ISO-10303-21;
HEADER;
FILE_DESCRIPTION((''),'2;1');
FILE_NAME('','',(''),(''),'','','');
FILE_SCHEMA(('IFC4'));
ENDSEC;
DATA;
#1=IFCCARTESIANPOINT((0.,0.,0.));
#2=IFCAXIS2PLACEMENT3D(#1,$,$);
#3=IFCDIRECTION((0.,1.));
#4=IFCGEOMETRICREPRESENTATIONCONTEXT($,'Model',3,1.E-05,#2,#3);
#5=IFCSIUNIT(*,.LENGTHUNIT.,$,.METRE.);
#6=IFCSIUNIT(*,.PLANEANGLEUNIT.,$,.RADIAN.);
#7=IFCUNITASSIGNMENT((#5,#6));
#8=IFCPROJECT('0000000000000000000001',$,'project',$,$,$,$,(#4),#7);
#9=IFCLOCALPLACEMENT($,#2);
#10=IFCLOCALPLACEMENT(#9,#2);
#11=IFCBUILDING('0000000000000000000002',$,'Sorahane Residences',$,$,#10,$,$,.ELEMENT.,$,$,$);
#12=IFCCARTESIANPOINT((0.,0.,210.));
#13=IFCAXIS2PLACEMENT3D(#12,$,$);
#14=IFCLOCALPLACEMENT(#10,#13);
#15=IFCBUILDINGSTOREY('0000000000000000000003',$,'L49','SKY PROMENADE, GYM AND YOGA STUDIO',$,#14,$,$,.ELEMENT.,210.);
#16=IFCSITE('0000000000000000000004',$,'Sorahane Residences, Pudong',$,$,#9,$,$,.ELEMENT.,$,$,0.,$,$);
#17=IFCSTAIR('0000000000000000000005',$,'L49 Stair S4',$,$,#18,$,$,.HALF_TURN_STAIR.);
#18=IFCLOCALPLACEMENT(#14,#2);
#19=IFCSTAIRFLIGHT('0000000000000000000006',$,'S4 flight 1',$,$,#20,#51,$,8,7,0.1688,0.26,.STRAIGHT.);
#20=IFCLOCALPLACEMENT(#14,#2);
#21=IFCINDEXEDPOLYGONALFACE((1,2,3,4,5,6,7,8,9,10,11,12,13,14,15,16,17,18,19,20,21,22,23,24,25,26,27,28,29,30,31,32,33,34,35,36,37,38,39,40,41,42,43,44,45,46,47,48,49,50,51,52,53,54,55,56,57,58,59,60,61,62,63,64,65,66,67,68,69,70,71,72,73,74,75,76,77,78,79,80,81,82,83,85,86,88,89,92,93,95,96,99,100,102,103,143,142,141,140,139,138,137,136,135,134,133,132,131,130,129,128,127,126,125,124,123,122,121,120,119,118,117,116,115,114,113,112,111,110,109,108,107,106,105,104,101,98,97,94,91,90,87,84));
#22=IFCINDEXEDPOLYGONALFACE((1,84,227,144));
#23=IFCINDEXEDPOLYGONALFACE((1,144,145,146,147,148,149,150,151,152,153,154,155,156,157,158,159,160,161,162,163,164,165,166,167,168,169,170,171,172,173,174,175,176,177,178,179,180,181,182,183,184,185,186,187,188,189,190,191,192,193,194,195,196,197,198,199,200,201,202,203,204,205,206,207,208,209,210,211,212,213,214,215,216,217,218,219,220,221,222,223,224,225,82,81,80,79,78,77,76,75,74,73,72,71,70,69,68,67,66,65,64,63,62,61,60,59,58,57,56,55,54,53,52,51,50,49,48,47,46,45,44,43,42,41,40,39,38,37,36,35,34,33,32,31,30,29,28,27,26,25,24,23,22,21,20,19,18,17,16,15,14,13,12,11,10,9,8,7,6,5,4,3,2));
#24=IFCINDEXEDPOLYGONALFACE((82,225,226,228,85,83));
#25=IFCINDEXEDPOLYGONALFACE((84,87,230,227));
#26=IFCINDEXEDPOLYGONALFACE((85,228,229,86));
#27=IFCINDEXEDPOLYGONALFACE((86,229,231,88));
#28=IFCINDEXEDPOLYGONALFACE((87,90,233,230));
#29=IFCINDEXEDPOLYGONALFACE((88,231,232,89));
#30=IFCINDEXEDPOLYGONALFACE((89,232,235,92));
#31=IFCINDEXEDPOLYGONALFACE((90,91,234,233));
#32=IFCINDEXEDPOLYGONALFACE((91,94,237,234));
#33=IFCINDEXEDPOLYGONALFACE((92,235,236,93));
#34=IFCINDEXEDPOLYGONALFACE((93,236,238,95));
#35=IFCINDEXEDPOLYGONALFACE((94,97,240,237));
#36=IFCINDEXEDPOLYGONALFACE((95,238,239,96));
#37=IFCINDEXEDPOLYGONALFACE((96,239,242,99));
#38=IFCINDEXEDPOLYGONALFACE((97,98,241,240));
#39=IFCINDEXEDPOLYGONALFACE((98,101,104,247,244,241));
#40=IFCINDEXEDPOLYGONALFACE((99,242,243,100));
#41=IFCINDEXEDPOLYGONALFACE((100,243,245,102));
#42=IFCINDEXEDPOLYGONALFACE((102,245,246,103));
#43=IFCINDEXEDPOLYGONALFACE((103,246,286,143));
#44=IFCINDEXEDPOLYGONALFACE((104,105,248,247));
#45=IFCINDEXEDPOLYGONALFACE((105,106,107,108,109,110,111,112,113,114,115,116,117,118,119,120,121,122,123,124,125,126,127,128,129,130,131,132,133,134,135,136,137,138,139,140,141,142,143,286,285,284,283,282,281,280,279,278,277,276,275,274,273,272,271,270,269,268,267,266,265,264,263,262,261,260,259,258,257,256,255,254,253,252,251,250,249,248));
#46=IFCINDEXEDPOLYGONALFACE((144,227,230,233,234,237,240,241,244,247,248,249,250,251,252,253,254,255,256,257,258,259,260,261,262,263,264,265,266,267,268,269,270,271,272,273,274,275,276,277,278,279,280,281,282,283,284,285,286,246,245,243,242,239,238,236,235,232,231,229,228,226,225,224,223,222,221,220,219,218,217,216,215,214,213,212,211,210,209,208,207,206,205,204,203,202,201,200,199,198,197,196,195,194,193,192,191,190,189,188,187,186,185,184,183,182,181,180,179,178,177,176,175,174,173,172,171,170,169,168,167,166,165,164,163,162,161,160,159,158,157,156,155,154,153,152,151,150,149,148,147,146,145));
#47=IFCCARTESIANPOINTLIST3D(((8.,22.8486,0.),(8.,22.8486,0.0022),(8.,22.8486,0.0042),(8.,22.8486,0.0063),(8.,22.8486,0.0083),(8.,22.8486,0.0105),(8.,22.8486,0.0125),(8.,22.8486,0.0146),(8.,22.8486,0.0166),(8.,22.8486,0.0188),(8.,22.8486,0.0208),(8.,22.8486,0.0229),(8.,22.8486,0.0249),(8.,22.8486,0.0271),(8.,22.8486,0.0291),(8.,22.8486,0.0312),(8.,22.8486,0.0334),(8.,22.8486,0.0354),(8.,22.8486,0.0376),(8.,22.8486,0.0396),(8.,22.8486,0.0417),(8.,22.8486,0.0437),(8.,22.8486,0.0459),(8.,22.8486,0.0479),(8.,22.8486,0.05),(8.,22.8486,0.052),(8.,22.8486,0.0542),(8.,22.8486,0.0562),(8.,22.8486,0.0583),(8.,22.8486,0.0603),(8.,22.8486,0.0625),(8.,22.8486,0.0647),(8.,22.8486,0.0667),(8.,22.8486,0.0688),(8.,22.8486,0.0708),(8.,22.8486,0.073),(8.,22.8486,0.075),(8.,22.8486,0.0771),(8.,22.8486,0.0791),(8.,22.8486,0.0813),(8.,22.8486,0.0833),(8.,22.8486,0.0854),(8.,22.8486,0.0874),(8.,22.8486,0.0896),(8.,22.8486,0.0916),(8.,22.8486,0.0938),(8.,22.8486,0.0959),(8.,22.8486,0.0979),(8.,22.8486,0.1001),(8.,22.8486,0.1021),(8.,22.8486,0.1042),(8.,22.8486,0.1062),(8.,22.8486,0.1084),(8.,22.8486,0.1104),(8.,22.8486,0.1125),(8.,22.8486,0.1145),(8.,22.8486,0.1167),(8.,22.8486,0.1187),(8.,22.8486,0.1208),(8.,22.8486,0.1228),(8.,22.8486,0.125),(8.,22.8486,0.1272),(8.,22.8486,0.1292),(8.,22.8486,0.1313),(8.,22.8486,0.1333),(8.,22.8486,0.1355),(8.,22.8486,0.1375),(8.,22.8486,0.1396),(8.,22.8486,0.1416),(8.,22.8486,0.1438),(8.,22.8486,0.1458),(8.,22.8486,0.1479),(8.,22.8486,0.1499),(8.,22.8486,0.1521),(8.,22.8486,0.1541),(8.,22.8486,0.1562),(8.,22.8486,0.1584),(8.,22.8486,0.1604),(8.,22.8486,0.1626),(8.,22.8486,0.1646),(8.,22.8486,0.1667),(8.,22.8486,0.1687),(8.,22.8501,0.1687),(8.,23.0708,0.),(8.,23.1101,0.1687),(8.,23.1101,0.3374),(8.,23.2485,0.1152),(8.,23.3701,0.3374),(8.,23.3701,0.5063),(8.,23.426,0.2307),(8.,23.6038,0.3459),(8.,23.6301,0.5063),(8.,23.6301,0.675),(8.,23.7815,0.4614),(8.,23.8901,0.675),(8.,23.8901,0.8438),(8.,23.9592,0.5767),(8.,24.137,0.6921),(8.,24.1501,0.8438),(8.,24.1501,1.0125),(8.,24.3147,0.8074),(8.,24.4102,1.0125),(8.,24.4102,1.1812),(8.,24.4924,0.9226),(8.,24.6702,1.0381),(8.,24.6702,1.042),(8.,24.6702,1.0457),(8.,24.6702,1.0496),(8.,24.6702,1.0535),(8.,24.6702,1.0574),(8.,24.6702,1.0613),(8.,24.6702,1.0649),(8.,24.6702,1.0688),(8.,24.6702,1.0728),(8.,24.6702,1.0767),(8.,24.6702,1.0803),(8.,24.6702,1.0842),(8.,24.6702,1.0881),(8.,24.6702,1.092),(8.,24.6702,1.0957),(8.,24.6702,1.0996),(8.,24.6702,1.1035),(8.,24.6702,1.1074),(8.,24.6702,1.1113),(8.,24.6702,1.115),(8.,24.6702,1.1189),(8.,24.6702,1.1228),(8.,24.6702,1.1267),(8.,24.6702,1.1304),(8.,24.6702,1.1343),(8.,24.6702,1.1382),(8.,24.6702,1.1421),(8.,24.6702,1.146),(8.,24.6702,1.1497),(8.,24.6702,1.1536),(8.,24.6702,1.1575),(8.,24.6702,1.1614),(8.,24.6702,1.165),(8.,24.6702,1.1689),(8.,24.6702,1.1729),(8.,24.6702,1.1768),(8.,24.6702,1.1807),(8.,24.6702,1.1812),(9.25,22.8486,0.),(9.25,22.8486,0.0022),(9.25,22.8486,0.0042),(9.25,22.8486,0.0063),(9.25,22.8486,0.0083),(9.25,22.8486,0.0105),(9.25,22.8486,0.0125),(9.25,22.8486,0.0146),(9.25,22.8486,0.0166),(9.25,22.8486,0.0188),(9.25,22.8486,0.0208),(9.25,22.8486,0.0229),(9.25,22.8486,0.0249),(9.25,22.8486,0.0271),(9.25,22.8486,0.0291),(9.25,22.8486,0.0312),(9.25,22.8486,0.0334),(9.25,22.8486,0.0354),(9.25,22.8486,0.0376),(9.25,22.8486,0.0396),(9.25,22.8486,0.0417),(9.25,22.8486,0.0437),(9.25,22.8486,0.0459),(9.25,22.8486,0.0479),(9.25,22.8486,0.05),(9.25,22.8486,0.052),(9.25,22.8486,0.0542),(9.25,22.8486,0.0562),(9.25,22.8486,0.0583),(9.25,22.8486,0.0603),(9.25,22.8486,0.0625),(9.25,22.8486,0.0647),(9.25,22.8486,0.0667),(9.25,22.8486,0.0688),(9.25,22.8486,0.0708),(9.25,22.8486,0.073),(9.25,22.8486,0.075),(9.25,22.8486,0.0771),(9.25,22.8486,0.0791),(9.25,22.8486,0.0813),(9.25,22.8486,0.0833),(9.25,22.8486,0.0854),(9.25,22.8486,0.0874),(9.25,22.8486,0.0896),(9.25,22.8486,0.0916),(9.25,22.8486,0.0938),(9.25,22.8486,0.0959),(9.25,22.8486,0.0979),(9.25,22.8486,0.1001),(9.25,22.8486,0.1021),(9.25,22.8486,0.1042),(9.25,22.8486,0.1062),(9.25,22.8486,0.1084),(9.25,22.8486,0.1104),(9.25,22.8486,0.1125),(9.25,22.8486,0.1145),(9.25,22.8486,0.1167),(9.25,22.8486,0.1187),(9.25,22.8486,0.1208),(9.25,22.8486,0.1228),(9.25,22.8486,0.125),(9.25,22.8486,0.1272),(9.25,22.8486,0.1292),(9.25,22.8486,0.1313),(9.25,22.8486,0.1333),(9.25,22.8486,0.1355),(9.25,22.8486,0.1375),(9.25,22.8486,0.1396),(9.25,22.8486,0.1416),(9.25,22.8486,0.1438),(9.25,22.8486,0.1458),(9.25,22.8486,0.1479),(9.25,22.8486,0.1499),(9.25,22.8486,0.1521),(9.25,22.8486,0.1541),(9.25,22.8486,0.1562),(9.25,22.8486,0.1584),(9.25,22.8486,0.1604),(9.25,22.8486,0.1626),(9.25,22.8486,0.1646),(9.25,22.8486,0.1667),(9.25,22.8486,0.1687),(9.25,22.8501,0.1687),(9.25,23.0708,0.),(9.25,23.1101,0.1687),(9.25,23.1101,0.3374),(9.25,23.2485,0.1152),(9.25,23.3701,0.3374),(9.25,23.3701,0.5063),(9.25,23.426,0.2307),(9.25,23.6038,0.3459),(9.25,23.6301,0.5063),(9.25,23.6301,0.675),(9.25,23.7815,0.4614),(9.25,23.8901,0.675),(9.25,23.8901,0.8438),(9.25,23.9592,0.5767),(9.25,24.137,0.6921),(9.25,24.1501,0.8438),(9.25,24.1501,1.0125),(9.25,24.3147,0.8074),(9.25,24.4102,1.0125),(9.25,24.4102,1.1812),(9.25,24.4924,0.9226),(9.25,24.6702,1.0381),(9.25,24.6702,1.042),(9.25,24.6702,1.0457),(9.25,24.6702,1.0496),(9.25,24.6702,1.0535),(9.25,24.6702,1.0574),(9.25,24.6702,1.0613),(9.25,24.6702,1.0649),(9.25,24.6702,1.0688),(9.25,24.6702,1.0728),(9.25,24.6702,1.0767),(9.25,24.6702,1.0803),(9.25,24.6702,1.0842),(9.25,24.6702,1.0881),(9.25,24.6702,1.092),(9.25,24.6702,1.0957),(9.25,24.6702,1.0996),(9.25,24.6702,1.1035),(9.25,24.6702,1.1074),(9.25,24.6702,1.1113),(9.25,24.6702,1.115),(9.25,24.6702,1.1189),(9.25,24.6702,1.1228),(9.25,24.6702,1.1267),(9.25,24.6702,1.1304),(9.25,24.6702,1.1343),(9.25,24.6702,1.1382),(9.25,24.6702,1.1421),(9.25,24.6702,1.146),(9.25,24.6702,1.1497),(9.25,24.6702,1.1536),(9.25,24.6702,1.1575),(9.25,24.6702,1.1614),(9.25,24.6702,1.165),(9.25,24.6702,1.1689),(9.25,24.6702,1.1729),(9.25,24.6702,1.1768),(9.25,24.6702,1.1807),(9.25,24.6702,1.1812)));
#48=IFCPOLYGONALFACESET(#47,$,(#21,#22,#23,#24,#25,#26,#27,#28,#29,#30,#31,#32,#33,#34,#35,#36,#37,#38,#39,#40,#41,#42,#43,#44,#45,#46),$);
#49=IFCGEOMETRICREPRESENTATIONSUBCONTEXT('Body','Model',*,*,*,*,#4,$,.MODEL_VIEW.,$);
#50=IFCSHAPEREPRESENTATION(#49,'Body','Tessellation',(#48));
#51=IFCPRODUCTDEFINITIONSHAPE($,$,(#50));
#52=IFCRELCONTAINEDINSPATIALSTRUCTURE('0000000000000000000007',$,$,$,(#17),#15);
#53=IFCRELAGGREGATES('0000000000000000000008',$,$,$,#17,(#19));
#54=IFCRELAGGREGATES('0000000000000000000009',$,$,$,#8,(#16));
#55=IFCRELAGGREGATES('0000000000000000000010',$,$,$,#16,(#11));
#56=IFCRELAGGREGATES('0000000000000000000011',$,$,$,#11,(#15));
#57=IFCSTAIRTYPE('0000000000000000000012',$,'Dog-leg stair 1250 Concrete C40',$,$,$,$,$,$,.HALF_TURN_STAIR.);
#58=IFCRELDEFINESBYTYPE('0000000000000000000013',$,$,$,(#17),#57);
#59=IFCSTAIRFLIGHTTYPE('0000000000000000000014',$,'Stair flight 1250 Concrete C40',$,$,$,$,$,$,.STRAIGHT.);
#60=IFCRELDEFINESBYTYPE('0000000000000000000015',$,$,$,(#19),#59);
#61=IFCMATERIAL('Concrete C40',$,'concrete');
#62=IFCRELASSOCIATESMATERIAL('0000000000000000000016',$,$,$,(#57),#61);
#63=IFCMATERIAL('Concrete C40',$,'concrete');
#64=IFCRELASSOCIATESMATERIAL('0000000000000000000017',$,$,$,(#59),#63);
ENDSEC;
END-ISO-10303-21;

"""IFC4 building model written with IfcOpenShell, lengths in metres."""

from ifc_helpers import new_model, si_unit, direction, frame, origin, place, context, subcontext, project, spatial, polyline, outline, extrude, material, type_object, element, aggregate, save


model = new_model("IFC4")

# Units and contexts
model_context = context("Model", 3, precision=1e-05, world=origin(), true_north=direction((0.0, 1.0)))
body_context = subcontext(model_context, "Body", "Model", "MODEL_VIEW")
ifc_project = project(units=[si_unit("LENGTHUNIT", "METRE"), si_unit("PLANEANGLEUNIT", "RADIAN")], contexts=[model_context])

# Site, building, storey
site_placement = place(None, origin())
site = spatial("IfcSite", under=ifc_project, at=site_placement, Name="Sorahane Residences, Pudong", CompositionType="ELEMENT", RefElevation=0.0)
building_placement = place(site_placement, origin())
building = spatial("IfcBuilding", under=site, at=building_placement, Name="Sorahane Residences", CompositionType="ELEMENT")
storey_placement = place(building_placement, frame((0.0, 0.0, 210.0)))
storey = spatial("IfcBuildingStorey", under=building, at=storey_placement, Name="L49", Description="SKY PROMENADE, GYM AND YOGA STUDIO", CompositionType="ELEMENT", Elevation=210.0)

# Stair, stair flight
ifc_material_1 = material(Name="Concrete C40", Category="concrete")
stair_type = type_object("IfcStairType", Name="Dog-leg stair 1250 Concrete C40", PredefinedType="HALF_TURN_STAIR", material=ifc_material_1)
stair_placement = place(storey_placement, origin())
stair = element("IfcStair", 1, at=stair_placement, inside=storey, type_object=stair_type, Name="L49 Stair S4", PredefinedType="HALF_TURN_STAIR")
ifc_material_2 = material(Name="Concrete C40", Category="concrete")
stair_flight_type = type_object("IfcStairFlightType", Name="Stair flight 1250 Concrete C40", PredefinedType="STRAIGHT", material=ifc_material_2)
stair_flight_1_placement = place(storey_placement, frame((8.625, 22.8501, 0.0), z_axis=(0.0, 0.0, 1.0), x_axis=(0.0, 1.0, 0.0)))
stair_flight_1 = element("IfcStairFlight", 2, at=stair_flight_1_placement, type_object=stair_flight_type, Name="S4 flight 1", NumberOfRisers=8, NumberOfTreads=7, PredefinedType="STRAIGHT", RiserHeight=0.1688, TreadLength=0.26, context=body_context, shape_type="SweptSolid", body=[
    extrude(outline(polyline([(-0.0015, 0.0), (-0.0015, 0.0022), (-0.0015, 0.0042), (-0.0015, 0.0063), (-0.0015, 0.0083), (-0.0015, 0.0105), (-0.0015, 0.0125), (-0.0015, 0.0146), (-0.0015, 0.0166), (-0.0015, 0.0188), (-0.0015, 0.0208), (-0.0015, 0.0229), (-0.0015, 0.0249), (-0.0015, 0.0271), (-0.0015, 0.0291), (-0.0015, 0.0312), (-0.0015, 0.0334), (-0.0015, 0.0354), (-0.0015, 0.0376), (-0.0015, 0.0396), (-0.0015, 0.0417), (-0.0015, 0.0437), (-0.0015, 0.0459), (-0.0015, 0.0479), (-0.0015, 0.05), (-0.0015, 0.052), (-0.0015, 0.0542), (-0.0015, 0.0562), (-0.0015, 0.0583), (-0.0015, 0.0603), (-0.0015, 0.0625), (-0.0015, 0.0647), (-0.0015, 0.0667), (-0.0015, 0.0688), (-0.0015, 0.0708), (-0.0015, 0.073), (-0.0015, 0.075), (-0.0015, 0.0771), (-0.0015, 0.0791), (-0.0015, 0.0813), (-0.0015, 0.0833), (-0.0015, 0.0854), (-0.0015, 0.0874), (-0.0015, 0.0896), (-0.0015, 0.0916), (-0.0015, 0.0938), (-0.0015, 0.0959), (-0.0015, 0.0979), (-0.0015, 0.1001), (-0.0015, 0.1021), (-0.0015, 0.1042), (-0.0015, 0.1062), (-0.0015, 0.1084), (-0.0015, 0.1104), (-0.0015, 0.1125), (-0.0015, 0.1145), (-0.0015, 0.1167), (-0.0015, 0.1187), (-0.0015, 0.1208), (-0.0015, 0.1228), (-0.0015, 0.125), (-0.0015, 0.1272), (-0.0015, 0.1292), (-0.0015, 0.1313), (-0.0015, 0.1333), (-0.0015, 0.1355), (-0.0015, 0.1375), (-0.0015, 0.1396), (-0.0015, 0.1416), (-0.0015, 0.1438), (-0.0015, 0.1458), (-0.0015, 0.1479), (-0.0015, 0.1499), (-0.0015, 0.1521), (-0.0015, 0.1541), (-0.0015, 0.1562), (-0.0015, 0.1584), (-0.0015, 0.1604), (-0.0015, 0.1626), (-0.0015, 0.1646), (-0.0015, 0.1667), (-0.0015, 0.1687), (0.0, 0.1687), (0.26, 0.1687), (0.26, 0.3374), (0.52, 0.3374), (0.52, 0.5063), (0.78, 0.5063), (0.78, 0.675), (1.04, 0.675), (1.04, 0.8438), (1.3, 0.8438), (1.3, 1.0125), (1.5601, 1.0125), (1.5601, 1.1812), (1.8201, 1.1812), (1.8201, 1.3501), (1.8201, 1.3462), (1.8201, 1.3423), (1.8201, 1.3384), (1.8201, 1.3347), (1.8201, 1.3308), (1.8201, 1.3269), (1.8201, 1.323), (1.8201, 1.3191), (1.8201, 1.3154), (1.8201, 1.3115), (1.8201, 1.3076), (1.8201, 1.3037), (1.8201, 1.3), (1.8201, 1.2961), (1.8201, 1.2922), (1.8201, 1.2883), (1.8201, 1.2844), (1.8201, 1.2808), (1.8201, 1.2769), (1.8201, 1.2729), (1.8201, 1.269), (1.8201, 1.2654), (1.8201, 1.2615), (1.8201, 1.2576), (1.8201, 1.2537), (1.8201, 1.2498), (1.8201, 1.2461), (1.8201, 1.2422), (1.8201, 1.2383), (1.8201, 1.2344), (1.8201, 1.2307), (1.8201, 1.2268), (1.8201, 1.2229), (1.8201, 1.219), (1.8201, 1.2151), (1.8201, 1.2114), (1.8201, 1.2075), (1.8201, 1.2036), (1.8201, 1.1997), (1.8201, 1.196), (1.8201, 1.1921), (1.8201, 1.1882), (1.8201, 1.1843), (1.8201, 1.1807), (1.8201, 1.1768), (1.8201, 1.1729), (1.8201, 1.1689), (1.8201, 1.165), (1.8201, 1.1614), (1.8201, 1.1575), (1.8201, 1.1536), (1.8201, 1.1497), (1.8201, 1.146), (1.8201, 1.1421), (1.8201, 1.1382), (1.8201, 1.1343), (1.8201, 1.1304), (1.8201, 1.1267), (1.8201, 1.1228), (1.8201, 1.1189), (1.8201, 1.115), (1.8201, 1.1113), (1.8201, 1.1074), (1.8201, 1.1035), (1.8201, 1.0996), (1.8201, 1.0957), (1.8201, 1.092), (1.8201, 1.0881), (1.8201, 1.0842), (1.8201, 1.0803), (1.8201, 1.0767), (1.8201, 1.0728), (1.8201, 1.0688), (1.8201, 1.0649), (1.8201, 1.0613), (1.8201, 1.0574), (1.8201, 1.0535), (1.8201, 1.0496), (1.8201, 1.0457), (1.8201, 1.042), (1.8201, 1.0381), (1.6423, 0.9226), (1.4646, 0.8074), (1.2869, 0.6921), (1.1091, 0.5767), (0.9314, 0.4614), (0.7537, 0.3459), (0.5759, 0.2307), (0.3984, 0.1152), (0.2207, 0.0), (-0.0015, 0.0)])), frame((0.0, 0.625, 0.0), z_axis=(0.0, -1.0, 0.0), x_axis=(1.0, 0.0, 0.0)), (0.0, 0.0, 1.0), 1.25),
])
aggregate(stair, [stair_flight_1])

save(model, "model.ifc")
